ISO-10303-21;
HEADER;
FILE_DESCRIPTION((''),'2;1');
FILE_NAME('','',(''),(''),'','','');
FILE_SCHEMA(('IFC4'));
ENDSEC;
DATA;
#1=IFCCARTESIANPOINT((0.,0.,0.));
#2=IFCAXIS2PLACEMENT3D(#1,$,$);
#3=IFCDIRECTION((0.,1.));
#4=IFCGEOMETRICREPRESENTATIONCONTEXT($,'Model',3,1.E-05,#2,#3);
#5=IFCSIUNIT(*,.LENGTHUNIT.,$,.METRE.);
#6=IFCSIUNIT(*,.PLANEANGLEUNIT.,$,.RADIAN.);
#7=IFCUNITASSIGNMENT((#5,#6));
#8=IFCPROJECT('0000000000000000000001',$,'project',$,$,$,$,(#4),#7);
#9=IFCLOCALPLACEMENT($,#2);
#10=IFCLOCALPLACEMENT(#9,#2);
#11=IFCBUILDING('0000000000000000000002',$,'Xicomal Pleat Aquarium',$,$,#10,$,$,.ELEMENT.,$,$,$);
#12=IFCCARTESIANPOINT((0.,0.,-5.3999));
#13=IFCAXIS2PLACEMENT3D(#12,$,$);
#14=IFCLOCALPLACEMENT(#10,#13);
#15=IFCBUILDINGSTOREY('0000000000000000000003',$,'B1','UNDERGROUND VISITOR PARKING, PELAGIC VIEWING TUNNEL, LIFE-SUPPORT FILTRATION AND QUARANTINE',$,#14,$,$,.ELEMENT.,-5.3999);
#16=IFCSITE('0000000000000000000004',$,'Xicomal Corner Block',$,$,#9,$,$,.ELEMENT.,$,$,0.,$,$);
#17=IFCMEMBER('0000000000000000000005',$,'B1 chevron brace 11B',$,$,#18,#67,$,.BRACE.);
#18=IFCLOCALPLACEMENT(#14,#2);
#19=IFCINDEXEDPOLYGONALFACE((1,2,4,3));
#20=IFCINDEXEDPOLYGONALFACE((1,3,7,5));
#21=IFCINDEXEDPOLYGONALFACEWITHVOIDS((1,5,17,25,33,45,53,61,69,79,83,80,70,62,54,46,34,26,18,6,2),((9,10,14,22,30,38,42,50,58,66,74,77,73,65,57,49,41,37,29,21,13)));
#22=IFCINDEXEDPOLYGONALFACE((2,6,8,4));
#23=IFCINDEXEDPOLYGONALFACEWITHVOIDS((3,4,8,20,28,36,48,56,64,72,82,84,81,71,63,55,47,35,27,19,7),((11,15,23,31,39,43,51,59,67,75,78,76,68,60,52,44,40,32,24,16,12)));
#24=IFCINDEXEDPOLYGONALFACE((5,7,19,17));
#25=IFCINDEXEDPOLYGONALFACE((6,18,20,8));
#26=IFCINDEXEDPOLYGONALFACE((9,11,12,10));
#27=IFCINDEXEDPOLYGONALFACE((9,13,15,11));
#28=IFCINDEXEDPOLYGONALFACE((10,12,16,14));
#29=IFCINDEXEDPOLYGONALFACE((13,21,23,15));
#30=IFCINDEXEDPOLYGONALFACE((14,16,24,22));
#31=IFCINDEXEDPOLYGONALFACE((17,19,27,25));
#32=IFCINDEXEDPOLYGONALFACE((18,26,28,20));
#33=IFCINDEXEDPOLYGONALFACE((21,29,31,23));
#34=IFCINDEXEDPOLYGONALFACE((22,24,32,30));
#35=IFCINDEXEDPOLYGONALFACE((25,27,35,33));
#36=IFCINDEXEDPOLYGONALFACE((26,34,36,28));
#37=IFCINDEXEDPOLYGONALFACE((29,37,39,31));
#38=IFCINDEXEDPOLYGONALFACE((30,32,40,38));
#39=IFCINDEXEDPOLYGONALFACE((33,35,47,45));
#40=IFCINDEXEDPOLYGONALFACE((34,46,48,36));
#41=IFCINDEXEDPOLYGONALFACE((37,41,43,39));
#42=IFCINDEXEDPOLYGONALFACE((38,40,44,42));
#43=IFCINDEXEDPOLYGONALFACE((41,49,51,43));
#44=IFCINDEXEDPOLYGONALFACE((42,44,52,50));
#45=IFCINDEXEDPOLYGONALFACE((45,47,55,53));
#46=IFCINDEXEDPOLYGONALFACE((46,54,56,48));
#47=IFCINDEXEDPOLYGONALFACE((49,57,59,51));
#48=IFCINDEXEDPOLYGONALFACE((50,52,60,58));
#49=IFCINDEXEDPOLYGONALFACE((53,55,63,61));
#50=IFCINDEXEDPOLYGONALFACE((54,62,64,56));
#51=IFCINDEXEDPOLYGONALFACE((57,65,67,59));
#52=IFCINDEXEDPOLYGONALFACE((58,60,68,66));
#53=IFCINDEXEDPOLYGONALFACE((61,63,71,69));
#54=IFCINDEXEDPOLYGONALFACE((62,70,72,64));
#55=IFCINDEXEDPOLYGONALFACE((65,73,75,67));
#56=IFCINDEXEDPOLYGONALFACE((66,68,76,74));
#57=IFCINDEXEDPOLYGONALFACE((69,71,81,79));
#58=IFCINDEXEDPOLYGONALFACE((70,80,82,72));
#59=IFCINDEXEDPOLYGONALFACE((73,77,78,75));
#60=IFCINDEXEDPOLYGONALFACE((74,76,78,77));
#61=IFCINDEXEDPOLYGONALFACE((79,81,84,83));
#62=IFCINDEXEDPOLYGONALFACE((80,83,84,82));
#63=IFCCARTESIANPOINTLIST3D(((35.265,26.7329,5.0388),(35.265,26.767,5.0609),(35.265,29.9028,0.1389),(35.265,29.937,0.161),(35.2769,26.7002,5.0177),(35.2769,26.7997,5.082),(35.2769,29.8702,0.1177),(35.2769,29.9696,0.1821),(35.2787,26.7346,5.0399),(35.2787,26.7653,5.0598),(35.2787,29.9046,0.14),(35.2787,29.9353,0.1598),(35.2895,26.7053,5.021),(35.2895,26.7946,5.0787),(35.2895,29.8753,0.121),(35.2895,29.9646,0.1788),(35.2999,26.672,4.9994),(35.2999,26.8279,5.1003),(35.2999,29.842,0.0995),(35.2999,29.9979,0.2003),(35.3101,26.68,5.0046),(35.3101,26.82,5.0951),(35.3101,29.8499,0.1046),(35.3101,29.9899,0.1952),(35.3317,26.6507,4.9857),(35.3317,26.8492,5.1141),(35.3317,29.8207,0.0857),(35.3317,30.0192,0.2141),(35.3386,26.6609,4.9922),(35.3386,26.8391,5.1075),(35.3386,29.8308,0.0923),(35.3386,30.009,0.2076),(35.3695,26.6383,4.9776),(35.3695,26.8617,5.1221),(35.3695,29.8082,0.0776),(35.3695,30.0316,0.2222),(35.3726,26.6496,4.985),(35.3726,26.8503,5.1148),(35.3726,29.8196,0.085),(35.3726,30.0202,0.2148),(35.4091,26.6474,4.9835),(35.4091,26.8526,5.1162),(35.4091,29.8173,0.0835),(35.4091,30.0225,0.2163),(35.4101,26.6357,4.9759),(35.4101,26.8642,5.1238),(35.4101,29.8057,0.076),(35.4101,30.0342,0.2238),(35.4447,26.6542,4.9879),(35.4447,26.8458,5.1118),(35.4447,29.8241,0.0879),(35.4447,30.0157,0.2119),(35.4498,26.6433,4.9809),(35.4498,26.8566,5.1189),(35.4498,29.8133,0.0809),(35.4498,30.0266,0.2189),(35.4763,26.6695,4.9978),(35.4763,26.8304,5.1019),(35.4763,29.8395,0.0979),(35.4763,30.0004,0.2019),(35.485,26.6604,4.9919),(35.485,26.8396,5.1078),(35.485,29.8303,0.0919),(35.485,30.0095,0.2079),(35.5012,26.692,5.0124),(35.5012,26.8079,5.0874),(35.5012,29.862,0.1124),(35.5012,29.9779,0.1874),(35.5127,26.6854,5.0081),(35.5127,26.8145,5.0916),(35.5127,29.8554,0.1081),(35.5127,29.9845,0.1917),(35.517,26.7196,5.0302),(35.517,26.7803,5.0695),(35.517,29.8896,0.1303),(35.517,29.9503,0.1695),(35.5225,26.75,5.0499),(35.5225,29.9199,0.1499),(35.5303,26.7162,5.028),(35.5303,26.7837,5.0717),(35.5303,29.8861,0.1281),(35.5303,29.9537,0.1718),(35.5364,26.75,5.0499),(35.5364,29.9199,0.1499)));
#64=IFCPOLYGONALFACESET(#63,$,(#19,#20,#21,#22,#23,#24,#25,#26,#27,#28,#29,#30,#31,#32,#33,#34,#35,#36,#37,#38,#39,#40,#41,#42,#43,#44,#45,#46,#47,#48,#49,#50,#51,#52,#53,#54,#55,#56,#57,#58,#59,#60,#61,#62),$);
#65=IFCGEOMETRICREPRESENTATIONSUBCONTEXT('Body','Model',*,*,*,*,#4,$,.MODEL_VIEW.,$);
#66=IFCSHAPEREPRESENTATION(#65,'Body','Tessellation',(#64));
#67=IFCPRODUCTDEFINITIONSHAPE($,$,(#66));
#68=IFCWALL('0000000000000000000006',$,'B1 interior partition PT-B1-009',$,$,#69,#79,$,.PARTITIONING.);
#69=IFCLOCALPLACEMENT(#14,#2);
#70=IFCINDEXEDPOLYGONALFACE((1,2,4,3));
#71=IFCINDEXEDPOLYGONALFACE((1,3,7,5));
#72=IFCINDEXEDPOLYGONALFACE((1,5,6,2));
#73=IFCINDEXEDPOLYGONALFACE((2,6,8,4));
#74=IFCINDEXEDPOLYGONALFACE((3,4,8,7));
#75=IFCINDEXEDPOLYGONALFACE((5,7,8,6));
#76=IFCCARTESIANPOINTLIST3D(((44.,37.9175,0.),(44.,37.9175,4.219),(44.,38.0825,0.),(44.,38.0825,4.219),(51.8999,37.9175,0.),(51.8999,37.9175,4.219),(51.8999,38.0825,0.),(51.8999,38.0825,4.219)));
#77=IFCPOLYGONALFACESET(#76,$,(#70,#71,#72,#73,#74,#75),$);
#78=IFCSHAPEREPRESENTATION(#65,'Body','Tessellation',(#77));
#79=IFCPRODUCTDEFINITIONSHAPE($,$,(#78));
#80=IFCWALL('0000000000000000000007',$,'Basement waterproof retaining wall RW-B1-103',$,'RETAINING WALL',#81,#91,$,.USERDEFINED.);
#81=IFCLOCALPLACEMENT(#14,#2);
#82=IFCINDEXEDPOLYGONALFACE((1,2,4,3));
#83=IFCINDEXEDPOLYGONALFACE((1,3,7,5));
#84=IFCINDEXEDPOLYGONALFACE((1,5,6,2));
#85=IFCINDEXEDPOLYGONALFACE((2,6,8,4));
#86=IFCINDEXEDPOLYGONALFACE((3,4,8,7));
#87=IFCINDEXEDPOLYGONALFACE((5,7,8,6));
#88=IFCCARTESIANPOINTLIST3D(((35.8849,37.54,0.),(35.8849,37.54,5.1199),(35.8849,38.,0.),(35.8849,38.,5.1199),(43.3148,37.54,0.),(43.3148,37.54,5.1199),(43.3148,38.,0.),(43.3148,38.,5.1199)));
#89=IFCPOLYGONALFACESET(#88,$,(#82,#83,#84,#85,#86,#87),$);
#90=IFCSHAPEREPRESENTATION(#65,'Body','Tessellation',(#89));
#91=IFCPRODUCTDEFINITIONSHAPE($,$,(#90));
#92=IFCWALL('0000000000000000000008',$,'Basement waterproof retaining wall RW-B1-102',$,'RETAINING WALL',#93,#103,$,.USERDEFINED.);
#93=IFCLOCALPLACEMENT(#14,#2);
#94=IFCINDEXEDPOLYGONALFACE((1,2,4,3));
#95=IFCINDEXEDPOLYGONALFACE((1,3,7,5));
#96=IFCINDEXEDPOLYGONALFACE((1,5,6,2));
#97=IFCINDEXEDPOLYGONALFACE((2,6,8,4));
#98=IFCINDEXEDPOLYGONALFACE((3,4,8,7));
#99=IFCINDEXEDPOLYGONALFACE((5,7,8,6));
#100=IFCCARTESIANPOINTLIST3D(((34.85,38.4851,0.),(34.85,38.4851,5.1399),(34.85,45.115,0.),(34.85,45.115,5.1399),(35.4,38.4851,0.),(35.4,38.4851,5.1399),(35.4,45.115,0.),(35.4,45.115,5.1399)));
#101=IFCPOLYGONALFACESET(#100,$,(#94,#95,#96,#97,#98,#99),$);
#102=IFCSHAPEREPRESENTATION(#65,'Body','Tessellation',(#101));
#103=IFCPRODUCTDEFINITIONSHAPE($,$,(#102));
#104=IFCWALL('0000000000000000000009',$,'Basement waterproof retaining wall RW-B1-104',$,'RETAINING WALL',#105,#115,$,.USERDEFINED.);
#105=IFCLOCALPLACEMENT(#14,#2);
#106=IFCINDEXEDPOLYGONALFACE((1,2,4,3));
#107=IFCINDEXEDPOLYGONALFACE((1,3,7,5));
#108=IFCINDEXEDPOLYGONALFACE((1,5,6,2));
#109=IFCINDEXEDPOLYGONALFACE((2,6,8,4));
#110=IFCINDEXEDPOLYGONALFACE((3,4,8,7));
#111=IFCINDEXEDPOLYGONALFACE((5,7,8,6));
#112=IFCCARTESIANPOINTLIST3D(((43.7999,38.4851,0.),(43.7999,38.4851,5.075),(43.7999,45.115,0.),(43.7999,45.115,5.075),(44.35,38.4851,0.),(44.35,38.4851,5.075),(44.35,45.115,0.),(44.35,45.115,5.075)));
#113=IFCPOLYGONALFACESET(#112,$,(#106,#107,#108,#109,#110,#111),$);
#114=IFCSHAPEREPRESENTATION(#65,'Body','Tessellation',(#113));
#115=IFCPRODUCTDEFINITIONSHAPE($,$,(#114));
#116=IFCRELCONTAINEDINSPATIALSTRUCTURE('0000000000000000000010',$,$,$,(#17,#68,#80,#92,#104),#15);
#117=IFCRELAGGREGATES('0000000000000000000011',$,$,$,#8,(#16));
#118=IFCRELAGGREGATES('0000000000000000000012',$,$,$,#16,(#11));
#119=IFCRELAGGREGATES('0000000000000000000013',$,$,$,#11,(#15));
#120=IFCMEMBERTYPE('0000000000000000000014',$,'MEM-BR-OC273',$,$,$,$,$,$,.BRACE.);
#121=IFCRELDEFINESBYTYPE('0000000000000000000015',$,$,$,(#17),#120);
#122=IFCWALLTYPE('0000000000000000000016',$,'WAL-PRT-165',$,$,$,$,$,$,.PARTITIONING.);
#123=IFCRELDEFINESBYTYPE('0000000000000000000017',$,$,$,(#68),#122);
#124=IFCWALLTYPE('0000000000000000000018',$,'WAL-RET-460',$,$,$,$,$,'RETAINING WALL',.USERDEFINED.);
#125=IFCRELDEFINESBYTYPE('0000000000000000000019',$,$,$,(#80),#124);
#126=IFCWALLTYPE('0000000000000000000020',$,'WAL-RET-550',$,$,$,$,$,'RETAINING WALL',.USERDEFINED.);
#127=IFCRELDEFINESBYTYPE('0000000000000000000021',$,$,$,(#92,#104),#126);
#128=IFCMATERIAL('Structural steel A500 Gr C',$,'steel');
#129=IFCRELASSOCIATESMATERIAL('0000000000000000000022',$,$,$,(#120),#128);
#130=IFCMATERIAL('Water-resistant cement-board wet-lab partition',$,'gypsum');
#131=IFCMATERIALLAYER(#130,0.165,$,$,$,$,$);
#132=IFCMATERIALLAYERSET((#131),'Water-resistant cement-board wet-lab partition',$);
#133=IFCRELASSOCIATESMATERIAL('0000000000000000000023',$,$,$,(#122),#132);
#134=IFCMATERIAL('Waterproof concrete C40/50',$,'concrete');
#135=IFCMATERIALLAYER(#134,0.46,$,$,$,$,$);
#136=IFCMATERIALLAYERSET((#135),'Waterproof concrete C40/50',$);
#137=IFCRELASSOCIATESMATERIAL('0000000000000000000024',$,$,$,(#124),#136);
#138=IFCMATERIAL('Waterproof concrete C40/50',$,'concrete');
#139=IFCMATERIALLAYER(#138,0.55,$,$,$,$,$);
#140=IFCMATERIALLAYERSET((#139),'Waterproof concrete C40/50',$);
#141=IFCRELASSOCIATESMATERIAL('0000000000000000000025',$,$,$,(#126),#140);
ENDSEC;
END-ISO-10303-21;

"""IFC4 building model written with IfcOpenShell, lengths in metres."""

from ifc_helpers import new_model, si_unit, direction, frame, frame_2d, origin, origin_2d, place, context, subcontext, project, spatial, rectangle, hollow_circle, extrude, material, layer, layer_set, material_profile, profile_set, type_object, element, save


model = new_model("IFC4")

# Units and contexts
model_context = context("Model", 3, precision=1e-05, world=origin(), true_north=direction((0.0, 1.0)))
body_context = subcontext(model_context, "Body", "Model", "MODEL_VIEW")
ifc_project = project(units=[si_unit("LENGTHUNIT", "METRE"), si_unit("PLANEANGLEUNIT", "RADIAN")], contexts=[model_context])

# Site, building, storey
site_placement = place(None, origin())
site = spatial("IfcSite", under=ifc_project, at=site_placement, Name="Xicomal Corner Block", CompositionType="ELEMENT", RefElevation=0.0)
building_placement = place(site_placement, origin())
building = spatial("IfcBuilding", under=site, at=building_placement, Name="Xicomal Pleat Aquarium", CompositionType="ELEMENT")
storey_placement = place(building_placement, frame((0.0, 0.0, -5.3999)))
storey = spatial("IfcBuildingStorey", under=building, at=storey_placement, Name="B1", Description="UNDERGROUND VISITOR PARKING, PELAGIC VIEWING TUNNEL, LIFE-SUPPORT FILTRATION AND QUARANTINE", CompositionType="ELEMENT", Elevation=-5.3999)

# Member
ifc_material_1 = material(Name="Structural steel A500 Gr C", Category="steel")
ifc_material_profile_1 = material_profile(ifc_material_1, hollow_circle(Radius=0.1365, WallThickness=0.0139, at=origin_2d()), Name="OC 273x14")
ifc_profile_set_1 = profile_set([ifc_material_profile_1], Name="Structural steel A500 Gr C")
member_type = type_object("IfcMemberType", Name="MEM-BR-OC273", PredefinedType="BRACE", material=ifc_profile_set_1)
member_placement = place(storey_placement, frame((35.3999, 29.9199, 0.1499), z_axis=(0.0, -0.543178, 0.839617), x_axis=(1.0, 0.0, 0.0)))
element("IfcMember", 1, at=member_placement, inside=storey, type_object=member_type, Name="B1 chevron brace 11B", PredefinedType="BRACE", context=body_context, shape_type="SweptSolid", body=[
    extrude(hollow_circle(Radius=0.1365, WallThickness=0.0139, at=origin_2d()), origin(), (0.0, 0.0, 1.0), 5.8359),
])

# Walls
ifc_material_2 = material(Name="Water-resistant cement-board wet-lab partition", Category="gypsum")
ifc_layer_1 = layer(ifc_material_2, 0.165)
ifc_layer_set_1 = layer_set([ifc_layer_1], Name="Water-resistant cement-board wet-lab partition")
wall_type_1 = type_object("IfcWallType", Name="WAL-PRT-165", PredefinedType="PARTITIONING", material=ifc_layer_set_1)
wall_1_placement = place(storey_placement, frame((44.0, 38.0, 0.0), z_axis=(0.0, 0.0, 1.0), x_axis=(1.0, 0.0, 0.0)))
element("IfcWall", 2, at=wall_1_placement, inside=storey, type_object=wall_type_1, Name="B1 interior partition PT-B1-009", PredefinedType="PARTITIONING", context=body_context, shape_type="SweptSolid", body=[
    extrude(rectangle(XDim=7.8999, YDim=0.165, at=frame_2d((3.95, 0.0))), origin(), (0.0, 0.0, 1.0), 4.219),
])
ifc_material_3 = material(Name="Waterproof concrete C40/50", Category="concrete")
ifc_layer_2 = layer(ifc_material_3, 0.46)
ifc_layer_set_2 = layer_set([ifc_layer_2], Name="Waterproof concrete C40/50")
wall_type_2 = type_object("IfcWallType", Name="WAL-RET-460", ElementType="RETAINING WALL", PredefinedType="USERDEFINED", material=ifc_layer_set_2)
wall_2_placement = place(storey_placement, frame((35.885, 37.77, 0.0), z_axis=(0.0, 0.0, 1.0), x_axis=(1.0, 0.0, 0.0)))
element("IfcWall", 3, at=wall_2_placement, inside=storey, type_object=wall_type_2, Name="Basement waterproof retaining wall RW-B1-103", ObjectType="RETAINING WALL", PredefinedType="USERDEFINED", context=body_context, shape_type="SweptSolid", body=[
    extrude(rectangle(XDim=7.4299, YDim=0.46, at=frame_2d((3.7148, 0.0))), origin(), (0.0, 0.0, 1.0), 5.1199),
])
ifc_material_4 = material(Name="Waterproof concrete C40/50", Category="concrete")
ifc_layer_3 = layer(ifc_material_4, 0.55)
ifc_layer_set_3 = layer_set([ifc_layer_3], Name="Waterproof concrete C40/50")
wall_type_3 = type_object("IfcWallType", Name="WAL-RET-550", ElementType="RETAINING WALL", PredefinedType="USERDEFINED", material=ifc_layer_set_3)
wall_3_placement = place(storey_placement, frame((35.125, 45.115, 0.0), z_axis=(0.0, 0.0, 1.0), x_axis=(0.0, -1.0, 0.0)))
element("IfcWall", 4, at=wall_3_placement, inside=storey, type_object=wall_type_3, Name="Basement waterproof retaining wall RW-B1-102", ObjectType="RETAINING WALL", PredefinedType="USERDEFINED", context=body_context, shape_type="SweptSolid", body=[
    extrude(rectangle(XDim=6.6299, YDim=0.55, at=frame_2d((3.3149, 0.0))), origin(), (0.0, 0.0, 1.0), 5.1399),
])
wall_4_placement = place(storey_placement, frame((44.075, 38.4851, 0.0), z_axis=(0.0, 0.0, 1.0), x_axis=(0.0, 1.0, 0.0)))
element("IfcWall", 5, at=wall_4_placement, inside=storey, type_object=wall_type_3, Name="Basement waterproof retaining wall RW-B1-104", ObjectType="RETAINING WALL", PredefinedType="USERDEFINED", context=body_context, shape_type="SweptSolid", body=[
    extrude(rectangle(XDim=6.6299, YDim=0.55, at=frame_2d((3.3149, 0.0))), origin(), (0.0, 0.0, 1.0), 5.075),
])

save(model, "model.ifc")
